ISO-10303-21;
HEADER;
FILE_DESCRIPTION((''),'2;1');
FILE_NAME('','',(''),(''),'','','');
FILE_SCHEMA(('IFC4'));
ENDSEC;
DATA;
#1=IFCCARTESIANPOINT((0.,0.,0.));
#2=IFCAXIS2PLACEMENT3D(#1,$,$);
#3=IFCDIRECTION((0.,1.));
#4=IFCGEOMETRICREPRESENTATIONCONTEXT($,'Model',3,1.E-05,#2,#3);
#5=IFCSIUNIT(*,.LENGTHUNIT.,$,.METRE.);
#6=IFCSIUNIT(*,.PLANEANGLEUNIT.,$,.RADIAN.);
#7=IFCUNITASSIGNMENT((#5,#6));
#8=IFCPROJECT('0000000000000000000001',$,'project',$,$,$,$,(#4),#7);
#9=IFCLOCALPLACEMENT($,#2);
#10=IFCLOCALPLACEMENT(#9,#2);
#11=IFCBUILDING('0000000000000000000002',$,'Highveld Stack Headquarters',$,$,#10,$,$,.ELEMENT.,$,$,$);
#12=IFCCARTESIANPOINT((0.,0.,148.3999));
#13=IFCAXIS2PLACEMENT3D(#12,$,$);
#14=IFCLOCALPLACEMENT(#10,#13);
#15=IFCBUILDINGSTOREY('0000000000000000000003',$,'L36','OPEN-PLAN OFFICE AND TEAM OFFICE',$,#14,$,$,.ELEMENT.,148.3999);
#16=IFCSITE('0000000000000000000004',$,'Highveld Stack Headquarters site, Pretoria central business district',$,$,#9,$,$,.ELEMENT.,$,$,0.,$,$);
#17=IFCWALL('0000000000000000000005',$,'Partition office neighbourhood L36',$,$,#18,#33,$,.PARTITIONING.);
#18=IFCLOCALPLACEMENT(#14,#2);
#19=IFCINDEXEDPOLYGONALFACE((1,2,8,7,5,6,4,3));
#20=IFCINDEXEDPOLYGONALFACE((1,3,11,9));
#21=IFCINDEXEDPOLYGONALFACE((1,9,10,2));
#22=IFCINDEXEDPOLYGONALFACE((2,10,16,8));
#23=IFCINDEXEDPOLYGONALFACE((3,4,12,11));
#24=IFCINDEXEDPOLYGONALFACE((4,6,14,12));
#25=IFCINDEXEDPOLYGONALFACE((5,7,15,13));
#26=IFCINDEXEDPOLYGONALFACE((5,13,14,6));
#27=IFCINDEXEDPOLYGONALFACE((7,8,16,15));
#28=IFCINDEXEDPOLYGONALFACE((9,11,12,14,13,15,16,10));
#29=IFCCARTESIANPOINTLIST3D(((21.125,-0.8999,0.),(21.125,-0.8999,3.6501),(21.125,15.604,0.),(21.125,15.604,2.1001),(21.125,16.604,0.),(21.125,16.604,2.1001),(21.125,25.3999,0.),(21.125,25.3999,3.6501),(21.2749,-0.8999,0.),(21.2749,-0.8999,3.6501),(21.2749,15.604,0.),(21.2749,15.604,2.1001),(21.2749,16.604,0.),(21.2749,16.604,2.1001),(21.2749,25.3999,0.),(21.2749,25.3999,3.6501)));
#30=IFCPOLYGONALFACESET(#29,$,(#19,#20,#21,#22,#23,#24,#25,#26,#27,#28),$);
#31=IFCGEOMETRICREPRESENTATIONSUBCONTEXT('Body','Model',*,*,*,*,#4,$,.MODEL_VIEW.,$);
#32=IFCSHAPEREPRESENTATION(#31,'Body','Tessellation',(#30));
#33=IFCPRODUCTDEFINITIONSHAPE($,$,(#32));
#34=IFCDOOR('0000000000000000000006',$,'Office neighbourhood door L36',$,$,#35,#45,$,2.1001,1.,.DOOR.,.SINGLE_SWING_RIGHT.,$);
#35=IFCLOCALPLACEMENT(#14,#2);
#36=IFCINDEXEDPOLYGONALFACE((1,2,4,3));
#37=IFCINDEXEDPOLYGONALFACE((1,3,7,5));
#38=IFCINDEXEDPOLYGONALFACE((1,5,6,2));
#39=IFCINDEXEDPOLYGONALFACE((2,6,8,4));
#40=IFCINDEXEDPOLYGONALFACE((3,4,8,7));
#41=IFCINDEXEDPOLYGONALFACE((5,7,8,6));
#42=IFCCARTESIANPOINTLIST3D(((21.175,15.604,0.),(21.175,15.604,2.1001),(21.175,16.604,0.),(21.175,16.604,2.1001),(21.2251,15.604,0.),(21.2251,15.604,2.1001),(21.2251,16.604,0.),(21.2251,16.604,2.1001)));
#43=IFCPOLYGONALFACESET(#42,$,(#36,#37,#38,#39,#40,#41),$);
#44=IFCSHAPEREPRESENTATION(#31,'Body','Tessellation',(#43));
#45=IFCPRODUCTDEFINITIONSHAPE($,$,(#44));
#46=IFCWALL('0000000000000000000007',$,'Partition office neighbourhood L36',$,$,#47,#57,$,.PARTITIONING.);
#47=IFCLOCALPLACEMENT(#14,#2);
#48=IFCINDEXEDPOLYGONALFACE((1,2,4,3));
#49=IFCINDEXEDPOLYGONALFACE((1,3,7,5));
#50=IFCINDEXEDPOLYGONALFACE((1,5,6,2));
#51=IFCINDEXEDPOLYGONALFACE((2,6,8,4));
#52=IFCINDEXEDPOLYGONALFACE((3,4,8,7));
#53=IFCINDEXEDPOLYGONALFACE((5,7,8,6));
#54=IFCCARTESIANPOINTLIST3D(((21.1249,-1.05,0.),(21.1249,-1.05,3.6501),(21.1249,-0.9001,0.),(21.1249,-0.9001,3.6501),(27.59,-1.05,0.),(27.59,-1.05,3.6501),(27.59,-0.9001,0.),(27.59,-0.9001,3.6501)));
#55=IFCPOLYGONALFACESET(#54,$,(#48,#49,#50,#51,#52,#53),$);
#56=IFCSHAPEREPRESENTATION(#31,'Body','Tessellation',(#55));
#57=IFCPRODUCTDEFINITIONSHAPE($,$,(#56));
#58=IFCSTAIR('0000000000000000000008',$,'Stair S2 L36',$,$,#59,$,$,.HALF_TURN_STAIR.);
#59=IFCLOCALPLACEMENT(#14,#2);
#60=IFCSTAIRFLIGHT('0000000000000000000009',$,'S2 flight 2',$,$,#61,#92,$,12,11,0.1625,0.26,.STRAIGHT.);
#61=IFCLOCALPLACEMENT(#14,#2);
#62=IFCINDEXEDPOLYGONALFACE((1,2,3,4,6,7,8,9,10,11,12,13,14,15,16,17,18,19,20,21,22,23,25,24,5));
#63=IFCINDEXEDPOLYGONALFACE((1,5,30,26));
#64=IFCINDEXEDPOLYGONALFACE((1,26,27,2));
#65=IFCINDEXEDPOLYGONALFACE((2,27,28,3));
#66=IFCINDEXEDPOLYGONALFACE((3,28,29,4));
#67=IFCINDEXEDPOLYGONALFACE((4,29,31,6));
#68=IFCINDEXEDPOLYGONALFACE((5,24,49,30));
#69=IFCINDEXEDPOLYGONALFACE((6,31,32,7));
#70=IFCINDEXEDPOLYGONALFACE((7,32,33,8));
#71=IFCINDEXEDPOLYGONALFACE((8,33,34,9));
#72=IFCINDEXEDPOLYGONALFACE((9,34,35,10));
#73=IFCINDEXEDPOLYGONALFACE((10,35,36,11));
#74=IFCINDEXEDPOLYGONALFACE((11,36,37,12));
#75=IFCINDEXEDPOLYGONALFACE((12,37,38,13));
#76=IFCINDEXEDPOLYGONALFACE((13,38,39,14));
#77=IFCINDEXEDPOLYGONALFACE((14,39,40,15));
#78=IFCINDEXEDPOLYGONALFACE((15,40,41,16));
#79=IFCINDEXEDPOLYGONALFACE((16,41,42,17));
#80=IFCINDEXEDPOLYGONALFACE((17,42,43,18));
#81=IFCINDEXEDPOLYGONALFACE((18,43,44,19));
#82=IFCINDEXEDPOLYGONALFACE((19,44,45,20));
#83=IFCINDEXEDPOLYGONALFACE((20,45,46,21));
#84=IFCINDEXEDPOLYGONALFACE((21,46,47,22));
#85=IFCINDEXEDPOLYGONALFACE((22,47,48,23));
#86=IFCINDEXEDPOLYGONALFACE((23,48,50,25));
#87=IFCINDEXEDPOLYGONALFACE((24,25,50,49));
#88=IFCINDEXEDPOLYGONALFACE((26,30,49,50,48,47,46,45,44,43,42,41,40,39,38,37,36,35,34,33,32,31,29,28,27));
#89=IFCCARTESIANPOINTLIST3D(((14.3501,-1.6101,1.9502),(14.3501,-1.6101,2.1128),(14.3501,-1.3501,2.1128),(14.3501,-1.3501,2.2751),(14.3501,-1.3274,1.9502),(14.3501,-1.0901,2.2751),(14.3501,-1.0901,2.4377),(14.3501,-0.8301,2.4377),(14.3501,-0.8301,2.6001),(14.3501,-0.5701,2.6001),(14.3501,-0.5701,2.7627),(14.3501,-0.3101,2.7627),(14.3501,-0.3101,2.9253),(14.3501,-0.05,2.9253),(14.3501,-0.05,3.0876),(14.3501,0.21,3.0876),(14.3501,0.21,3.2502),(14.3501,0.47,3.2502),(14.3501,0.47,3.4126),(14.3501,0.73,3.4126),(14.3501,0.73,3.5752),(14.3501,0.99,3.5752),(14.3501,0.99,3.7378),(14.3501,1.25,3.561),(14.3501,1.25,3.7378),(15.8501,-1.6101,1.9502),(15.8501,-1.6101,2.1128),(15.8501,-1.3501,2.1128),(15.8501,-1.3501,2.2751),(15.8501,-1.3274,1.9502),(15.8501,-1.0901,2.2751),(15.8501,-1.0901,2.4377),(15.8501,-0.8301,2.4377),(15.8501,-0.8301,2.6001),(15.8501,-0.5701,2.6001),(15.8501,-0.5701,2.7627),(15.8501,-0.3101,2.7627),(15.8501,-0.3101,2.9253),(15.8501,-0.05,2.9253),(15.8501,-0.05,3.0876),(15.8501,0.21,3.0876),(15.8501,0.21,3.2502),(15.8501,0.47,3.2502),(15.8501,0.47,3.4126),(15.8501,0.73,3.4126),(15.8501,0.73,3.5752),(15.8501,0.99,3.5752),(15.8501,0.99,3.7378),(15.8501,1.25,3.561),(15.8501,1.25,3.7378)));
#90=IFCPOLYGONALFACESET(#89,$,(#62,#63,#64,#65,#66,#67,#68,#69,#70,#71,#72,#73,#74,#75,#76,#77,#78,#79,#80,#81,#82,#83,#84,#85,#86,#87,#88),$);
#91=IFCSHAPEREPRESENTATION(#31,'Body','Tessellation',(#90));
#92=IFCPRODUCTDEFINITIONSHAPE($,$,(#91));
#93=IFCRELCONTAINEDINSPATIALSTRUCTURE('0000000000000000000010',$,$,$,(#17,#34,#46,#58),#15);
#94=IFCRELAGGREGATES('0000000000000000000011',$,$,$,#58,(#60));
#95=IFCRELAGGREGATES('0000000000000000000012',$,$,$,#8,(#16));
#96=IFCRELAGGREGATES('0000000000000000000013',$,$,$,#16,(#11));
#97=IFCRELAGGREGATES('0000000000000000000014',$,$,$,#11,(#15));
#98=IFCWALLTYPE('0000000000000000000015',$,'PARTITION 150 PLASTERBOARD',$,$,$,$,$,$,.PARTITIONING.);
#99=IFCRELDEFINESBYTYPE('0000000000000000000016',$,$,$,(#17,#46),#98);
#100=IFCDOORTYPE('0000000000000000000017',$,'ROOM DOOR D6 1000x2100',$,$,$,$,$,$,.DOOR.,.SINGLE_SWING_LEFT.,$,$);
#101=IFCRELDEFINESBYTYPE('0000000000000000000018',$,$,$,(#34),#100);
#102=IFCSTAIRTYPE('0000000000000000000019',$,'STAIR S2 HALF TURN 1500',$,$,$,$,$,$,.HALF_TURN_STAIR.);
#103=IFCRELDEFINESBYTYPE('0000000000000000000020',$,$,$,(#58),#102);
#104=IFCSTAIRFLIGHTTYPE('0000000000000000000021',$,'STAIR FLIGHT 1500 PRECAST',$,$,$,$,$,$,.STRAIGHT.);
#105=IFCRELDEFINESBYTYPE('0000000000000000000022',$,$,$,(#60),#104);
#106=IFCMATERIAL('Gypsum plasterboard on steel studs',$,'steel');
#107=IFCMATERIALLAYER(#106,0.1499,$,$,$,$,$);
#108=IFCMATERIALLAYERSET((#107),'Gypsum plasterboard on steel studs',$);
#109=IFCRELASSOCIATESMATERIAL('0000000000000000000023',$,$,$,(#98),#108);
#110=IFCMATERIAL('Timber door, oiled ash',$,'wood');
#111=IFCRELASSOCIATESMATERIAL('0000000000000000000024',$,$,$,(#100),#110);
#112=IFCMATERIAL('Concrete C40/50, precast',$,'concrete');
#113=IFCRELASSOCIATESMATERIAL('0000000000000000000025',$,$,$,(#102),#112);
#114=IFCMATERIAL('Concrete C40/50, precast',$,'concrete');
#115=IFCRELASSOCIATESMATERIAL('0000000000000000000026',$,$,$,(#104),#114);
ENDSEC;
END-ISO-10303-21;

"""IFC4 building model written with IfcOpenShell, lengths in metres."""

from ifc_helpers import new_model, si_unit, direction, frame, frame_2d, origin, place, context, subcontext, project, spatial, polyline, rectangle, outline, extrude, material, layer, layer_set, type_object, element, fill, aggregate, save


model = new_model("IFC4")

# Units and contexts
model_context = context("Model", 3, precision=1e-05, world=origin(), true_north=direction((0.0, 1.0)))
body_context = subcontext(model_context, "Body", "Model", "MODEL_VIEW")
ifc_project = project(units=[si_unit("LENGTHUNIT", "METRE"), si_unit("PLANEANGLEUNIT", "RADIAN")], contexts=[model_context])

# Site, building, storey
site_placement = place(None, origin())
site = spatial("IfcSite", under=ifc_project, at=site_placement, Name="Highveld Stack Headquarters site, Pretoria central business district", CompositionType="ELEMENT", RefElevation=0.0)
building_placement = place(site_placement, origin())
building = spatial("IfcBuilding", under=site, at=building_placement, Name="Highveld Stack Headquarters", CompositionType="ELEMENT")
storey_placement = place(building_placement, frame((0.0, 0.0, 148.3999)))
storey = spatial("IfcBuildingStorey", under=building, at=storey_placement, Name="L36", Description="OPEN-PLAN OFFICE AND TEAM OFFICE", CompositionType="ELEMENT", Elevation=148.3999)

# Shared definitions
ifc_material_1 = material(Name="Gypsum plasterboard on steel studs", Category="steel")
ifc_layer_1 = layer(ifc_material_1, 0.1499)
ifc_layer_set_1 = layer_set([ifc_layer_1], Name="Gypsum plasterboard on steel studs")
wall_type_1 = type_object("IfcWallType", Name="PARTITION 150 PLASTERBOARD", PredefinedType="PARTITIONING", material=ifc_layer_set_1)

# Shared definitions
ifc_material_2 = material(Name="Timber door, oiled ash", Category="wood")
door_type_1 = type_object("IfcDoorType", Name="ROOM DOOR D6 1000x2100", OperationType="SINGLE_SWING_LEFT", PredefinedType="DOOR", material=ifc_material_2)

# Wall, opening, door
wall_1_placement = place(storey_placement, frame((21.2, -0.8999, 0.0), z_axis=(0.0, 0.0, 1.0), x_axis=(0.0, 1.0, 0.0)))
wall_1 = element("IfcWall", 1, at=wall_1_placement, inside=storey, type_object=wall_type_1, Name="Partition office neighbourhood L36", PredefinedType="PARTITIONING", context=body_context, shape_type="SweptSolid", body=[
    extrude(rectangle(XDim=26.2998, YDim=0.1499, at=frame_2d((13.1499, 0.0))), origin(), (0.0, 0.0, 1.0), 3.6501),
])
opening_1_placement = place(wall_1_placement, frame((16.5039, 0.0, 0.0)))
opening_1 = element("IfcOpeningElement", 2, at=opening_1_placement, cuts=wall_1, PredefinedType="OPENING", context=body_context, shape_type="SweptSolid", body=[
    extrude(rectangle(XDim=1.0, YDim=2.1001, at=frame_2d((0.5, 1.05))), frame((0.0, 0.085, 0.0), z_axis=(0.0, -1.0, 0.0), x_axis=(1.0, 0.0, 0.0)), (0.0, 0.0, 1.0), 0.1699),
])
door_1_placement = place(opening_1_placement, origin())
door_1 = element("IfcDoor", 3, at=door_1_placement, inside=storey, type_object=door_type_1, Name="Office neighbourhood door L36", OperationType="SINGLE_SWING_RIGHT", OverallHeight=2.1001, OverallWidth=1.0, PredefinedType="DOOR", context=body_context, shape_type="SweptSolid", body=[
    extrude(rectangle(XDim=1.0, YDim=2.1001, at=frame_2d((0.5, 1.05))), frame((0.0, 0.0249, 0.0), z_axis=(0.0, -1.0, 0.0), x_axis=(1.0, 0.0, 0.0)), (0.0, 0.0, 1.0), 0.05),
])
fill(opening_1, door_1)

# Wall
wall_2_placement = place(storey_placement, frame((21.125, -0.9751, 0.0), z_axis=(0.0, 0.0, 1.0), x_axis=(1.0, 0.0, 0.0)))
element("IfcWall", 4, at=wall_2_placement, inside=storey, type_object=wall_type_1, Name="Partition office neighbourhood L36", PredefinedType="PARTITIONING", context=body_context, shape_type="SweptSolid", body=[
    extrude(rectangle(XDim=6.4651, YDim=0.1499, at=frame_2d((3.2324, 0.0))), origin(), (0.0, 0.0, 1.0), 3.6501),
])

# Stair, stair flight
ifc_material_3 = material(Name="Concrete C40/50, precast", Category="concrete")
stair_type = type_object("IfcStairType", Name="STAIR S2 HALF TURN 1500", PredefinedType="HALF_TURN_STAIR", material=ifc_material_3)
stair_placement = place(storey_placement, origin())
stair = element("IfcStair", 5, at=stair_placement, inside=storey, type_object=stair_type, Name="Stair S2 L36", PredefinedType="HALF_TURN_STAIR")
ifc_material_4 = material(Name="Concrete C40/50, precast", Category="concrete")
stair_flight_type = type_object("IfcStairFlightType", Name="STAIR FLIGHT 1500 PRECAST", PredefinedType="STRAIGHT", material=ifc_material_4)
stair_flight_placement = place(storey_placement, frame((15.1001, -1.6101, 1.9502), z_axis=(0.0, 0.0, 1.0), x_axis=(0.0, 1.0, 0.0)))
stair_flight = element("IfcStairFlight", 6, at=stair_flight_placement, type_object=stair_flight_type, Name="S2 flight 2", NumberOfRisers=12, NumberOfTreads=11, PredefinedType="STRAIGHT", RiserHeight=0.1625, TreadLength=0.26, context=body_context, shape_type="SweptSolid", body=[
    extrude(outline(polyline([(0.0, 0.0), (0.0, 0.1626), (0.26, 0.1626), (0.26, 0.325), (0.52, 0.325), (0.52, 0.4875), (0.78, 0.4875), (0.78, 0.6499), (1.04, 0.6499), (1.04, 0.8125), (1.3, 0.8125), (1.3, 0.9751), (1.5601, 0.9751), (1.5601, 1.1375), (1.8201, 1.1375), (1.8201, 1.3), (2.0801, 1.3), (2.0801, 1.4624), (2.3401, 1.4624), (2.3401, 1.625), (2.6001, 1.625), (2.6001, 1.7876), (2.8601, 1.7876), (2.8601, 1.95), (2.8601, 1.6108), (0.2827, 0.0), (0.0, 0.0)])), frame((0.0, 0.75, 0.0), z_axis=(0.0, -1.0, 0.0), x_axis=(1.0, 0.0, 0.0)), (0.0, 0.0, 1.0), 1.5),
])
aggregate(stair, [stair_flight])

save(model, "model.ifc")
